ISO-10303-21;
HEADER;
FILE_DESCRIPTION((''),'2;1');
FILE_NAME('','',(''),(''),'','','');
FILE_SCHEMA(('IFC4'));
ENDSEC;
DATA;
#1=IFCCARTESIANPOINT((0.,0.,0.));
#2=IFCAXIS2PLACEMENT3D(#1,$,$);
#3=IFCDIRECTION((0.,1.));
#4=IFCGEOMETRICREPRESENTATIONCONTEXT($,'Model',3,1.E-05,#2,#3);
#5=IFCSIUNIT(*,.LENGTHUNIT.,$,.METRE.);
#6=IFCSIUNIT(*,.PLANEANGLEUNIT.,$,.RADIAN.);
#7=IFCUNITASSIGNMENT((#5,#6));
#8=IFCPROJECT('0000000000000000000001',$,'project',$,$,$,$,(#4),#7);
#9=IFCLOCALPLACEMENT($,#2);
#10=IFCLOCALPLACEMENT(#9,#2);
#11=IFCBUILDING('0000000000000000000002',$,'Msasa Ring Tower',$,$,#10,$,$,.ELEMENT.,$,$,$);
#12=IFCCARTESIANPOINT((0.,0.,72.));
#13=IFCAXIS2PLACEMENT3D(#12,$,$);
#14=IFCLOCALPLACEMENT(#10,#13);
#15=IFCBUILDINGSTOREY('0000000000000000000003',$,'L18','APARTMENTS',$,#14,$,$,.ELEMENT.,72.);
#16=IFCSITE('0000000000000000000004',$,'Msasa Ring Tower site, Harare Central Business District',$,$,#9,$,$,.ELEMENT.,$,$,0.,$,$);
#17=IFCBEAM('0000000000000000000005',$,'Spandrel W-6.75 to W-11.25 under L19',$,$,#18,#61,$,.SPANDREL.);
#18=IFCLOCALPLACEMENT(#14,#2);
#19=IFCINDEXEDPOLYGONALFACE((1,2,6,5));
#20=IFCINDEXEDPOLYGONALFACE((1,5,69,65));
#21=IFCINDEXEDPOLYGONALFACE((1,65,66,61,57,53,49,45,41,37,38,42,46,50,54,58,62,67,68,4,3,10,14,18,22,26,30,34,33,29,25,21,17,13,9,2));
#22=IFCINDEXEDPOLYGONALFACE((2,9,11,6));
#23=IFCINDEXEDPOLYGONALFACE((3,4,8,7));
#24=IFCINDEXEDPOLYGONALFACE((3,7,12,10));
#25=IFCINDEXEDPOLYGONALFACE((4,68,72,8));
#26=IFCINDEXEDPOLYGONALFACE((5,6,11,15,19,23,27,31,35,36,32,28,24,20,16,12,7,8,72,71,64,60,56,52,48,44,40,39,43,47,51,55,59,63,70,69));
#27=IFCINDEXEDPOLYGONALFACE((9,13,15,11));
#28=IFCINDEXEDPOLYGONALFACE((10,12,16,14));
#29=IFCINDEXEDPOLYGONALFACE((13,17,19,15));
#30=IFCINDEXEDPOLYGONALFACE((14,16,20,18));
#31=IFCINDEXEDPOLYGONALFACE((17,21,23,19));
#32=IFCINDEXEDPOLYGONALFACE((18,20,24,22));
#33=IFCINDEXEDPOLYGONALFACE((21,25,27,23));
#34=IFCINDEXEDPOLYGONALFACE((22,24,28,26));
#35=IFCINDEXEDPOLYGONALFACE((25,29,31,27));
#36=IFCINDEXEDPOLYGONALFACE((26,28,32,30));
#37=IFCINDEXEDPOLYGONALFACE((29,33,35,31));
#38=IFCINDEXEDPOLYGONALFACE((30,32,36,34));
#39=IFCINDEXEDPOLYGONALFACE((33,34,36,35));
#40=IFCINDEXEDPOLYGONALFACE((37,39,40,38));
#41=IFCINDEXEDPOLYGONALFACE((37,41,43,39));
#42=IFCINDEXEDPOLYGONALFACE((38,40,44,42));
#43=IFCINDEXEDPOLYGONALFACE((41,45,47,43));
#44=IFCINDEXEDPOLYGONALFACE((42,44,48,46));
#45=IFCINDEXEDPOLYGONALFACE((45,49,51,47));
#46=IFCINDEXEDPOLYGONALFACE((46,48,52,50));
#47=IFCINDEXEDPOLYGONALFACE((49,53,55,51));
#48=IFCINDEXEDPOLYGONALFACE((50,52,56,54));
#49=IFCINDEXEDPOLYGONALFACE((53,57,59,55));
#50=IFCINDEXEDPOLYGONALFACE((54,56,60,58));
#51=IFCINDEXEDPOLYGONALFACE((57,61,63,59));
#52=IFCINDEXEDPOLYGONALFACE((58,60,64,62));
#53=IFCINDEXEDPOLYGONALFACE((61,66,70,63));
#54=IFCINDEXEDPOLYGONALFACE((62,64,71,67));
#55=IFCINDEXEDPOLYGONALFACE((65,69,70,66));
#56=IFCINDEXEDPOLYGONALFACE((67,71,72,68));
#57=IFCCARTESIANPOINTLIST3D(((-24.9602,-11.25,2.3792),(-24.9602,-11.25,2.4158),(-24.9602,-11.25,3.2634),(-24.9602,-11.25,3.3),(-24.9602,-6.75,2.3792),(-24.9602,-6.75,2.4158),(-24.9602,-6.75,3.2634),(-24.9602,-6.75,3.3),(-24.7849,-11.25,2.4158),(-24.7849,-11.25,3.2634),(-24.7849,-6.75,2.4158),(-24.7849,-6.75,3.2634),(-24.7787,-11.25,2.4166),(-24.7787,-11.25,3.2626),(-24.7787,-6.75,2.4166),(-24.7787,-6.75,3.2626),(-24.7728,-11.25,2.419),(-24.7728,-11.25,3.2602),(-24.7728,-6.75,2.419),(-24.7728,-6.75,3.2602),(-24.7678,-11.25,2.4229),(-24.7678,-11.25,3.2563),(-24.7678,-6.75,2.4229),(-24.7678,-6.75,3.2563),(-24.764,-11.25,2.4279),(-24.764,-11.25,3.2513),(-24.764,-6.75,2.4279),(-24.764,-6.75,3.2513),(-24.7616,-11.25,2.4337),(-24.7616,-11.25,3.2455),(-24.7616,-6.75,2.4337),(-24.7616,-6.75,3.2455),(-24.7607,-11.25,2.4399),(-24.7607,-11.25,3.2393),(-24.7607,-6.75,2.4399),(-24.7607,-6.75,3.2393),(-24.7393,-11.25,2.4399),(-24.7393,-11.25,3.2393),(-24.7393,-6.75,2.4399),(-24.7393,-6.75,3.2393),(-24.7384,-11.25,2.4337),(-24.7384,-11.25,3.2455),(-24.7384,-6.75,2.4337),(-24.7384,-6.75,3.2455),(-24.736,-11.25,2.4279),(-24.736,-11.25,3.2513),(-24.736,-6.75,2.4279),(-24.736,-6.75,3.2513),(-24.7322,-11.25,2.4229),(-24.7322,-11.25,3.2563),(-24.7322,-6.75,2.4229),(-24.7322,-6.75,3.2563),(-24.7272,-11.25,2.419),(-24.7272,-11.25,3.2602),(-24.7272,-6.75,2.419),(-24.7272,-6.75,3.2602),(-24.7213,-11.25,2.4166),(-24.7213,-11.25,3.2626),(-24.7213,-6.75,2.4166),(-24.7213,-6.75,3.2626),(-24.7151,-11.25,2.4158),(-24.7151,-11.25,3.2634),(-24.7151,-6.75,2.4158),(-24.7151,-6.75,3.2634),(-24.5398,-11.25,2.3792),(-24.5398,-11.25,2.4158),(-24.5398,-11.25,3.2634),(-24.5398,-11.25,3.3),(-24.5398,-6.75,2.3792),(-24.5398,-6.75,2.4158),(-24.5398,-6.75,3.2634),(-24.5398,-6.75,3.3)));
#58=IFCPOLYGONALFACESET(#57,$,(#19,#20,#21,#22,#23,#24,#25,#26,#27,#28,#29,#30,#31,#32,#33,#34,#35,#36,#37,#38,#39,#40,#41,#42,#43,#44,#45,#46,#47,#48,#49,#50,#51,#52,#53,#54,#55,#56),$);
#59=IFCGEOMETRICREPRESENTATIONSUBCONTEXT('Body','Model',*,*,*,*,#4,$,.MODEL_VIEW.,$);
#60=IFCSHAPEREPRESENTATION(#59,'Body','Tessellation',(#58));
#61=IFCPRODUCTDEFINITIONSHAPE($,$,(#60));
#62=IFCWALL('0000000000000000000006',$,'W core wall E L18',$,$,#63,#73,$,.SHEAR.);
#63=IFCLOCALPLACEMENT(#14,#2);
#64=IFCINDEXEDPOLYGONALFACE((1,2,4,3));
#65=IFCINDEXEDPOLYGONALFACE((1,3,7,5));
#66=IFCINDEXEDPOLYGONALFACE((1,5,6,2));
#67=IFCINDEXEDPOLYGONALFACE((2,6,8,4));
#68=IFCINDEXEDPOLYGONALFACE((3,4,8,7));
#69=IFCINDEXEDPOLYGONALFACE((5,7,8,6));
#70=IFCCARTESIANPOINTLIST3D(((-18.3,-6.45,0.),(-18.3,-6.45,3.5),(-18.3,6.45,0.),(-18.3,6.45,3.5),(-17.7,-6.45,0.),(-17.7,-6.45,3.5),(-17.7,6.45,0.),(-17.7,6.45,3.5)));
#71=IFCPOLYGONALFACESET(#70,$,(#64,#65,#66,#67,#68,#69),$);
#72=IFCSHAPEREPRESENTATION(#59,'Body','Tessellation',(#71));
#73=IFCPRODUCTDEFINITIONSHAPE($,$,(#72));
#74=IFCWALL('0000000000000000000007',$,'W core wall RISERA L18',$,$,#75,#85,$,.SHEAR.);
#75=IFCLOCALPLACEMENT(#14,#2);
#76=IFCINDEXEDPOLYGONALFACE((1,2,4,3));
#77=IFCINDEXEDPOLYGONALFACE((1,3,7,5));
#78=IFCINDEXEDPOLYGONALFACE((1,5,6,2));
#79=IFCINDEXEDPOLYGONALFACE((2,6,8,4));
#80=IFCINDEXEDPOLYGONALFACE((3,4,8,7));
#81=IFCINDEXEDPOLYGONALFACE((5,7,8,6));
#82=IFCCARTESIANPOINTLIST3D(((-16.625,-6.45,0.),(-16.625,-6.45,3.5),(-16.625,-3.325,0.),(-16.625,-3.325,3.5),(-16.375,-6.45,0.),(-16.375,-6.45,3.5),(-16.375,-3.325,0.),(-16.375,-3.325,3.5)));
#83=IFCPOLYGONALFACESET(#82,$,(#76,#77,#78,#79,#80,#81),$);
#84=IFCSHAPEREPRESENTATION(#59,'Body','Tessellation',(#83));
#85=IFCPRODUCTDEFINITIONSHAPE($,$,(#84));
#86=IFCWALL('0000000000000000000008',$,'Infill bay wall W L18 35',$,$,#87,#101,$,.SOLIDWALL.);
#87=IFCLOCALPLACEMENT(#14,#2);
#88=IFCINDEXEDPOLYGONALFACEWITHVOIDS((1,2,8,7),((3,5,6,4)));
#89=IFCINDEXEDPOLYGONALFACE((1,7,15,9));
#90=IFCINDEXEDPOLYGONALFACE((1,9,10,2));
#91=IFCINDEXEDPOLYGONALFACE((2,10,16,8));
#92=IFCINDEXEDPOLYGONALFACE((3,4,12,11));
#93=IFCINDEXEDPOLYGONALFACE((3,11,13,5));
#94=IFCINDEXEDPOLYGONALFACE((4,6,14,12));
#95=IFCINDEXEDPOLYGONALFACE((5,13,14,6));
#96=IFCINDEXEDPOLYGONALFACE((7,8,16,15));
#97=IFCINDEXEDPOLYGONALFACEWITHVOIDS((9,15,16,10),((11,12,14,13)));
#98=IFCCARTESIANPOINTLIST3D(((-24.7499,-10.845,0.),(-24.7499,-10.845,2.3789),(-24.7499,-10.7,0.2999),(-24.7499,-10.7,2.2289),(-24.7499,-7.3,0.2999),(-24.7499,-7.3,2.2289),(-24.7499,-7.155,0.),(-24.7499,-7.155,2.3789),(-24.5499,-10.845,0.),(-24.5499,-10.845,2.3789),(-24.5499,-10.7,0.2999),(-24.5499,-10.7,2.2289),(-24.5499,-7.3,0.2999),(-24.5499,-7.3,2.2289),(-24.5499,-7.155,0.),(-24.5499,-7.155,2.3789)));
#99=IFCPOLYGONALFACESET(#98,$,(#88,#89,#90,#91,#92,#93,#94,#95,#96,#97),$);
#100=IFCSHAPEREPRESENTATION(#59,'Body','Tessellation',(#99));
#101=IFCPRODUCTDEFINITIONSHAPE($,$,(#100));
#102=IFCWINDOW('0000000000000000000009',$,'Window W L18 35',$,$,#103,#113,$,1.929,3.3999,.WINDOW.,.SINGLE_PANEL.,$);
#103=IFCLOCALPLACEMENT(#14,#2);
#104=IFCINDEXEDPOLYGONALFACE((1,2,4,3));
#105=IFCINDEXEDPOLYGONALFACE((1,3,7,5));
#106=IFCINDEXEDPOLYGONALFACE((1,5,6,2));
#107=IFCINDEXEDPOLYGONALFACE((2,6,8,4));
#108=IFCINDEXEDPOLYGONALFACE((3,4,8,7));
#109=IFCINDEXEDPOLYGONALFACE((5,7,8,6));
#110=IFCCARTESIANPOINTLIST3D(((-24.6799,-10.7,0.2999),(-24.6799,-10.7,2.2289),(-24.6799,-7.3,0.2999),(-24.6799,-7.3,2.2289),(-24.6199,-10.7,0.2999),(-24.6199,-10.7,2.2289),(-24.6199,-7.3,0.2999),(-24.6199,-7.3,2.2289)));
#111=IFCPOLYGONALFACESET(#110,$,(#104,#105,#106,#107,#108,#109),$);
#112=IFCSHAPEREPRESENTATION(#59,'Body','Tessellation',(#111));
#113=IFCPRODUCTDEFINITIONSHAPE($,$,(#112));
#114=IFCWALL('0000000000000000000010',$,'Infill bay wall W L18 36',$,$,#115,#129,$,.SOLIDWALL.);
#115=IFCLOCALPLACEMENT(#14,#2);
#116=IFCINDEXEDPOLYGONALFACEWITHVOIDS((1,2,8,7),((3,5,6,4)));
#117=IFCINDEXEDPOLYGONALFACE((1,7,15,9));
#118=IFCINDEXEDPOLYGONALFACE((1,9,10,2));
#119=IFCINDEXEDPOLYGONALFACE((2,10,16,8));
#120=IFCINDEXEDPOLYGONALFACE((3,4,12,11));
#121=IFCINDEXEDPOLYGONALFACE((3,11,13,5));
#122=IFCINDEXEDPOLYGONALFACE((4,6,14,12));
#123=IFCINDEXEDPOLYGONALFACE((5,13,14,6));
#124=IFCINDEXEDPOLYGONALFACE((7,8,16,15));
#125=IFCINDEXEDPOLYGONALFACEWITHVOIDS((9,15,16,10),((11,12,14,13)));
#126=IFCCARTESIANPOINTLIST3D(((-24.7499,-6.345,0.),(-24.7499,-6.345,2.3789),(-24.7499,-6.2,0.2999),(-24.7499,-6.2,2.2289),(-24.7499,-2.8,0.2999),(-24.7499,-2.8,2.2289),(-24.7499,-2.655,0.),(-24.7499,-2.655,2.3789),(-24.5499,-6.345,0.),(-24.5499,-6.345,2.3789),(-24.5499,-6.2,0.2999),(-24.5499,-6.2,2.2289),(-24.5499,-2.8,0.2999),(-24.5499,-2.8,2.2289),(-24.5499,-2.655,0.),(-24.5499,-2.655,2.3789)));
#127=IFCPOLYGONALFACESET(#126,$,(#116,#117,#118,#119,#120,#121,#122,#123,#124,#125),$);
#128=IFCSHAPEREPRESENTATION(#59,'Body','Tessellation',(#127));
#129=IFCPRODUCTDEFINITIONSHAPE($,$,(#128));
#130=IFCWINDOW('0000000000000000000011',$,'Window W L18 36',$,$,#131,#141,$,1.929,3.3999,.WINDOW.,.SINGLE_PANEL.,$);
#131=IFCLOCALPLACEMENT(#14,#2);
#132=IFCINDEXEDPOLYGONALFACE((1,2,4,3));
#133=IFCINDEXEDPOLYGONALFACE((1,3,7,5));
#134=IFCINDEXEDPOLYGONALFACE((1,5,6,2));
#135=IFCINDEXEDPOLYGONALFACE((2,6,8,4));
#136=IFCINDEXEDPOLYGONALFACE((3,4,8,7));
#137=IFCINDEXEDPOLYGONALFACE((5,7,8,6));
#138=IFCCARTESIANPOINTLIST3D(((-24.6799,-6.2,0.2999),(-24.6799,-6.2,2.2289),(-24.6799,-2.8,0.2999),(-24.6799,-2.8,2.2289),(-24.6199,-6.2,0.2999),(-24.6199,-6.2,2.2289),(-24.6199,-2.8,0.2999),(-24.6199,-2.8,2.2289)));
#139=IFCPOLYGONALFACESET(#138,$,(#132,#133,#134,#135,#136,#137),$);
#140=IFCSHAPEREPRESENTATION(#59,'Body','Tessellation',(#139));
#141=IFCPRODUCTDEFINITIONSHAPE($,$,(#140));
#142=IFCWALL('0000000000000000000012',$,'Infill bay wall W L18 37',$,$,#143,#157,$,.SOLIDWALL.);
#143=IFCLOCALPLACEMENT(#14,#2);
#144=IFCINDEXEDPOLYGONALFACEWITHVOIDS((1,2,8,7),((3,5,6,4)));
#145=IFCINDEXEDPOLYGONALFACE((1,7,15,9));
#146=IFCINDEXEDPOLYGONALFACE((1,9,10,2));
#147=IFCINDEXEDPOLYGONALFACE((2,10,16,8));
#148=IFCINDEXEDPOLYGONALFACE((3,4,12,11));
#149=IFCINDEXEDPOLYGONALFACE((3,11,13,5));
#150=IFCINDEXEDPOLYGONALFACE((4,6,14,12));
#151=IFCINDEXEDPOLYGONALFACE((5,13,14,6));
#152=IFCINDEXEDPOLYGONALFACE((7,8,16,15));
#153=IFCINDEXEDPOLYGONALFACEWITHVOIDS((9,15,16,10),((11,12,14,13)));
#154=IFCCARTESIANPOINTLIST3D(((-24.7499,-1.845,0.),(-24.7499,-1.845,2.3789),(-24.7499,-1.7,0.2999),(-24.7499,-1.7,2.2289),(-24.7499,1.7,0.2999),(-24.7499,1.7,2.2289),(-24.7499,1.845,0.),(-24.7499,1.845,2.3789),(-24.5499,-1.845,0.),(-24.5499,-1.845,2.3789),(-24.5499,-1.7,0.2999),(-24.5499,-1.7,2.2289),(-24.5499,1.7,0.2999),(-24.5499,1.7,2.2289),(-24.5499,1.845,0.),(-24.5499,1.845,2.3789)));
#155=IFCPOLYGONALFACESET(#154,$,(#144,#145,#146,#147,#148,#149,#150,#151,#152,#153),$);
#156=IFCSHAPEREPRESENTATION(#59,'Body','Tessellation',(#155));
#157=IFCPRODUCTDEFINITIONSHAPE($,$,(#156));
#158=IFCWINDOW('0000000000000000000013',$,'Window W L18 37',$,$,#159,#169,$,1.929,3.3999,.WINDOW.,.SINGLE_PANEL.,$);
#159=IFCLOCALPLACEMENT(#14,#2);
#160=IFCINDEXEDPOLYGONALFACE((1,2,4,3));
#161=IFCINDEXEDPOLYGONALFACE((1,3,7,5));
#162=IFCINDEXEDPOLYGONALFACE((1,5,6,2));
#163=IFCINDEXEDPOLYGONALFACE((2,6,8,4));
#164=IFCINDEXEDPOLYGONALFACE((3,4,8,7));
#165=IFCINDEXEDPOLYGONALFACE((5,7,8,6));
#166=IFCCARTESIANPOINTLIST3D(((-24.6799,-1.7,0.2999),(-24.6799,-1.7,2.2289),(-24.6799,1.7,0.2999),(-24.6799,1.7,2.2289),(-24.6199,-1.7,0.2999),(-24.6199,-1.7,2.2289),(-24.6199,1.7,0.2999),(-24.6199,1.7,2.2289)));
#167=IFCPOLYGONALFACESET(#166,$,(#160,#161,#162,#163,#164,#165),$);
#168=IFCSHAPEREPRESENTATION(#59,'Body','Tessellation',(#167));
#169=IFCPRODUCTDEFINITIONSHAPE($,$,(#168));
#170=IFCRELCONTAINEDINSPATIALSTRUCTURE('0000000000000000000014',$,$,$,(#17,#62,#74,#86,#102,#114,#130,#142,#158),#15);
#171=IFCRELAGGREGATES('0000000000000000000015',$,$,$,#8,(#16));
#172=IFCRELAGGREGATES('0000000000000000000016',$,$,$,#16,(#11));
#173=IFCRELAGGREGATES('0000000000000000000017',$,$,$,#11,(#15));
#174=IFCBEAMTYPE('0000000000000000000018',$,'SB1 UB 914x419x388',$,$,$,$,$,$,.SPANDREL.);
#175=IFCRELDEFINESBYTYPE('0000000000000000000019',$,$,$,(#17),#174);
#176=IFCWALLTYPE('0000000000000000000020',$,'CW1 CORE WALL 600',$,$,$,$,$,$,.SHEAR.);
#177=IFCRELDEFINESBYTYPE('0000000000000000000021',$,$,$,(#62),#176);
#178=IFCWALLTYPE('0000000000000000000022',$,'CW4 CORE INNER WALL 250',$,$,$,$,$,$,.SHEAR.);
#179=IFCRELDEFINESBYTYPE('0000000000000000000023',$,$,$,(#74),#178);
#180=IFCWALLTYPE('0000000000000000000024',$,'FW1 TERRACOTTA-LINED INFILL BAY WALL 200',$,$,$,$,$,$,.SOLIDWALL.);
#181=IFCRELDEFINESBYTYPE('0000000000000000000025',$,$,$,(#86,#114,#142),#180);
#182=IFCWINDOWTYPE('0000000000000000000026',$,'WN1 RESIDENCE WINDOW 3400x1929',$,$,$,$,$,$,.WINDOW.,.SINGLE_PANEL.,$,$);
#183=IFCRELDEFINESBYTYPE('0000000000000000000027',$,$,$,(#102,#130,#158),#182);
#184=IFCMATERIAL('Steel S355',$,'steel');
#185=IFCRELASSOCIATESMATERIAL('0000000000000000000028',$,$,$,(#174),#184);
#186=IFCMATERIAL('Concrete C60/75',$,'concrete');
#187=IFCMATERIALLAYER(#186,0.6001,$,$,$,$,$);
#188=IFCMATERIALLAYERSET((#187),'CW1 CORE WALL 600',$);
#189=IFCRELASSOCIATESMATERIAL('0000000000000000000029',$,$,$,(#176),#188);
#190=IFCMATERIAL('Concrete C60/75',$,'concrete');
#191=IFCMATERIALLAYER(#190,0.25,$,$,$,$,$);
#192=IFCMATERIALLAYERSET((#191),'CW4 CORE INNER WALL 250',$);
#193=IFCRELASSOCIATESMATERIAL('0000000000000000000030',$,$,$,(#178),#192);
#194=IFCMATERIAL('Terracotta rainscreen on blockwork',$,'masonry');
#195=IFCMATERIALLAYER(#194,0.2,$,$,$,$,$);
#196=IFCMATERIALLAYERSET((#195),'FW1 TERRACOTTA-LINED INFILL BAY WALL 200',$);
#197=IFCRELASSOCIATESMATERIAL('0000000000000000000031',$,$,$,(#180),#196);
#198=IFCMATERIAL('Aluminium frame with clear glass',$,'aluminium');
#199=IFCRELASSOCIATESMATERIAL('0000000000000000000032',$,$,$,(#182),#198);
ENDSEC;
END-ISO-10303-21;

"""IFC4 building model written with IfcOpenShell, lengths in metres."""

from ifc_helpers import new_model, si_unit, direction, frame, frame_2d, origin, origin_2d, place, context, subcontext, project, spatial, rectangle, i_section, extrude, material, layer, layer_set, material_profile, profile_set, type_object, element, fill, save


model = new_model("IFC4")

# Units and contexts
model_context = context("Model", 3, precision=1e-05, world=origin(), true_north=direction((0.0, 1.0)))
body_context = subcontext(model_context, "Body", "Model", "MODEL_VIEW")
ifc_project = project(units=[si_unit("LENGTHUNIT", "METRE"), si_unit("PLANEANGLEUNIT", "RADIAN")], contexts=[model_context])

# Site, building, storey
site_placement = place(None, origin())
site = spatial("IfcSite", under=ifc_project, at=site_placement, Name="Msasa Ring Tower site, Harare Central Business District", CompositionType="ELEMENT", RefElevation=0.0)
building_placement = place(site_placement, origin())
building = spatial("IfcBuilding", under=site, at=building_placement, Name="Msasa Ring Tower", CompositionType="ELEMENT")
storey_placement = place(building_placement, frame((0.0, 0.0, 72.0)))
storey = spatial("IfcBuildingStorey", under=building, at=storey_placement, Name="L18", Description="APARTMENTS", CompositionType="ELEMENT", Elevation=72.0)

# Beam
ifc_material_1 = material(Name="Steel S355", Category="steel")
ifc_material_profile_1 = material_profile(ifc_material_1, i_section(OverallWidth=0.4204, OverallDepth=0.9209, WebThickness=0.0215, FlangeThickness=0.0366, FilletRadius=0.0242, at=origin_2d()), Name="UB 914x419x388")
ifc_profile_set_1 = profile_set([ifc_material_profile_1], Name="Steel S355")
beam_type_1 = type_object("IfcBeamType", Name="SB1 UB 914x419x388", PredefinedType="SPANDREL", material=ifc_profile_set_1)
for number, where, z_axis, x_axis, name in (
    (1, (-24.75, -6.75, 2.8396), (0.0, -1.0, 0.0), (1.0, 0.0, 0.0), "Spandrel W-6.75 to W-11.25 under L19"),
):
    element("IfcBeam", number, at=place(storey_placement, frame(where, z_axis=z_axis, x_axis=x_axis)), inside=storey, type_object=beam_type_1, Name=name, PredefinedType="SPANDREL", context=body_context, shape_type="SweptSolid", body=[
        extrude(i_section(OverallWidth=0.4204, OverallDepth=0.9209, WebThickness=0.0215, FlangeThickness=0.0366, FilletRadius=0.0242, at=origin_2d()), origin(), (0.0, 0.0, 1.0), 4.5),
    ])

# Walls
ifc_material_2 = material(Name="Concrete C60/75", Category="concrete")
ifc_layer_1 = layer(ifc_material_2, 0.6001)
ifc_layer_set_1 = layer_set([ifc_layer_1], Name="CW1 CORE WALL 600")
wall_type_1 = type_object("IfcWallType", Name="CW1 CORE WALL 600", PredefinedType="SHEAR", material=ifc_layer_set_1)
wall_1_placement = place(storey_placement, frame((-18.0, -6.45, 0.0), z_axis=(0.0, 0.0, 1.0), x_axis=(0.0, 1.0, 0.0)))
element("IfcWall", 2, at=wall_1_placement, inside=storey, type_object=wall_type_1, Name="W core wall E L18", PredefinedType="SHEAR", context=body_context, shape_type="SweptSolid", body=[
    extrude(rectangle(XDim=12.8999, YDim=0.6001, at=frame_2d((6.45, 0.0))), origin(), (0.0, 0.0, 1.0), 3.5),
])
ifc_material_3 = material(Name="Concrete C60/75", Category="concrete")
ifc_layer_2 = layer(ifc_material_3, 0.25)
ifc_layer_set_2 = layer_set([ifc_layer_2], Name="CW4 CORE INNER WALL 250")
wall_type_2 = type_object("IfcWallType", Name="CW4 CORE INNER WALL 250", PredefinedType="SHEAR", material=ifc_layer_set_2)
wall_2_placement = place(storey_placement, frame((-16.5, -6.45, 0.0), z_axis=(0.0, 0.0, 1.0), x_axis=(0.0, 1.0, 0.0)))
element("IfcWall", 3, at=wall_2_placement, inside=storey, type_object=wall_type_2, Name="W core wall RISERA L18", PredefinedType="SHEAR", context=body_context, shape_type="SweptSolid", body=[
    extrude(rectangle(XDim=3.125, YDim=0.25, at=frame_2d((1.5625, 0.0))), origin(), (0.0, 0.0, 1.0), 3.5),
])

# Walls, openings, windows
ifc_material_4 = material(Name="Terracotta rainscreen on blockwork", Category="masonry")
ifc_layer_3 = layer(ifc_material_4, 0.2)
ifc_layer_set_3 = layer_set([ifc_layer_3], Name="FW1 TERRACOTTA-LINED INFILL BAY WALL 200")
wall_type_3 = type_object("IfcWallType", Name="FW1 TERRACOTTA-LINED INFILL BAY WALL 200", PredefinedType="SOLIDWALL", material=ifc_layer_set_3)
wall_3_placement = place(storey_placement, frame((-24.6499, -10.845, 0.0), z_axis=(0.0, 0.0, 1.0), x_axis=(0.0, 1.0, 0.0)))
wall_3 = element("IfcWall", 4, at=wall_3_placement, inside=storey, type_object=wall_type_3, Name="Infill bay wall W L18 35", PredefinedType="SOLIDWALL", context=body_context, shape_type="SweptSolid", body=[
    extrude(rectangle(XDim=3.6899, YDim=0.2, at=frame_2d((1.845, 0.0))), origin(), (0.0, 0.0, 1.0), 2.3789),
])
opening_1_placement = place(wall_3_placement, frame((0.145, 0.0, 0.3)))
opening_1 = element("IfcOpeningElement", 5, at=opening_1_placement, cuts=wall_3, PredefinedType="OPENING", context=body_context, shape_type="SweptSolid", body=[
    extrude(rectangle(XDim=3.3999, YDim=1.929, at=frame_2d((1.7, 0.9644))), frame((0.0, 0.1099, 0.0), z_axis=(0.0, -1.0, 0.0), x_axis=(1.0, 0.0, 0.0)), (0.0, 0.0, 1.0), 0.22),
])
ifc_material_5 = material(Name="Aluminium frame with clear glass", Category="aluminium")
window_type = type_object("IfcWindowType", Name="WN1 RESIDENCE WINDOW 3400x1929", PartitioningType="SINGLE_PANEL", PredefinedType="WINDOW", material=ifc_material_5)
window_1_placement = place(opening_1_placement, origin())
window_1 = element("IfcWindow", 6, at=window_1_placement, inside=storey, type_object=window_type, Name="Window W L18 35", OverallHeight=1.929, OverallWidth=3.3999, PartitioningType="SINGLE_PANEL", PredefinedType="WINDOW", context=body_context, shape_type="SweptSolid", body=[
    extrude(rectangle(XDim=3.3999, YDim=1.929, at=frame_2d((1.7, 0.9644))), frame((0.0, 0.03, 0.0), z_axis=(0.0, -1.0, 0.0), x_axis=(1.0, 0.0, 0.0)), (0.0, 0.0, 1.0), 0.0601),
])
fill(opening_1, window_1)
wall_4_placement = place(storey_placement, frame((-24.6499, -6.345, 0.0), z_axis=(0.0, 0.0, 1.0), x_axis=(0.0, 1.0, 0.0)))
wall_4 = element("IfcWall", 7, at=wall_4_placement, inside=storey, type_object=wall_type_3, Name="Infill bay wall W L18 36", PredefinedType="SOLIDWALL", context=body_context, shape_type="SweptSolid", body=[
    extrude(rectangle(XDim=3.6899, YDim=0.2, at=frame_2d((1.845, 0.0))), origin(), (0.0, 0.0, 1.0), 2.3789),
])
opening_2_placement = place(wall_4_placement, frame((0.145, 0.0, 0.3)))
opening_2 = element("IfcOpeningElement", 8, at=opening_2_placement, cuts=wall_4, PredefinedType="OPENING", context=body_context, shape_type="SweptSolid", body=[
    extrude(rectangle(XDim=3.3999, YDim=1.929, at=frame_2d((1.7, 0.9644))), frame((0.0, 0.1099, 0.0), z_axis=(0.0, -1.0, 0.0), x_axis=(1.0, 0.0, 0.0)), (0.0, 0.0, 1.0), 0.22),
])
window_2_placement = place(opening_2_placement, origin())
window_2 = element("IfcWindow", 9, at=window_2_placement, inside=storey, type_object=window_type, Name="Window W L18 36", OverallHeight=1.929, OverallWidth=3.3999, PartitioningType="SINGLE_PANEL", PredefinedType="WINDOW", context=body_context, shape_type="SweptSolid", body=[
    extrude(rectangle(XDim=3.3999, YDim=1.929, at=frame_2d((1.7, 0.9644))), frame((0.0, 0.03, 0.0), z_axis=(0.0, -1.0, 0.0), x_axis=(1.0, 0.0, 0.0)), (0.0, 0.0, 1.0), 0.0601),
])
fill(opening_2, window_2)
wall_5_placement = place(storey_placement, frame((-24.6499, -1.845, 0.0), z_axis=(0.0, 0.0, 1.0), x_axis=(0.0, 1.0, 0.0)))
wall_5 = element("IfcWall", 10, at=wall_5_placement, inside=storey, type_object=wall_type_3, Name="Infill bay wall W L18 37", PredefinedType="SOLIDWALL", context=body_context, shape_type="SweptSolid", body=[
    extrude(rectangle(XDim=3.6899, YDim=0.2, at=frame_2d((1.845, 0.0))), origin(), (0.0, 0.0, 1.0), 2.3789),
])
opening_3_placement = place(wall_5_placement, frame((0.145, 0.0, 0.3)))
opening_3 = element("IfcOpeningElement", 11, at=opening_3_placement, cuts=wall_5, PredefinedType="OPENING", context=body_context, shape_type="SweptSolid", body=[
    extrude(rectangle(XDim=3.3999, YDim=1.929, at=frame_2d((1.7, 0.9644))), frame((0.0, 0.1099, 0.0), z_axis=(0.0, -1.0, 0.0), x_axis=(1.0, 0.0, 0.0)), (0.0, 0.0, 1.0), 0.22),
])
window_3_placement = place(opening_3_placement, origin())
window_3 = element("IfcWindow", 12, at=window_3_placement, inside=storey, type_object=window_type, Name="Window W L18 37", OverallHeight=1.929, OverallWidth=3.3999, PartitioningType="SINGLE_PANEL", PredefinedType="WINDOW", context=body_context, shape_type="SweptSolid", body=[
    extrude(rectangle(XDim=3.3999, YDim=1.929, at=frame_2d((1.7, 0.9644))), frame((0.0, 0.03, 0.0), z_axis=(0.0, -1.0, 0.0), x_axis=(1.0, 0.0, 0.0)), (0.0, 0.0, 1.0), 0.0601),
])
fill(opening_3, window_3)

save(model, "model.ifc")
